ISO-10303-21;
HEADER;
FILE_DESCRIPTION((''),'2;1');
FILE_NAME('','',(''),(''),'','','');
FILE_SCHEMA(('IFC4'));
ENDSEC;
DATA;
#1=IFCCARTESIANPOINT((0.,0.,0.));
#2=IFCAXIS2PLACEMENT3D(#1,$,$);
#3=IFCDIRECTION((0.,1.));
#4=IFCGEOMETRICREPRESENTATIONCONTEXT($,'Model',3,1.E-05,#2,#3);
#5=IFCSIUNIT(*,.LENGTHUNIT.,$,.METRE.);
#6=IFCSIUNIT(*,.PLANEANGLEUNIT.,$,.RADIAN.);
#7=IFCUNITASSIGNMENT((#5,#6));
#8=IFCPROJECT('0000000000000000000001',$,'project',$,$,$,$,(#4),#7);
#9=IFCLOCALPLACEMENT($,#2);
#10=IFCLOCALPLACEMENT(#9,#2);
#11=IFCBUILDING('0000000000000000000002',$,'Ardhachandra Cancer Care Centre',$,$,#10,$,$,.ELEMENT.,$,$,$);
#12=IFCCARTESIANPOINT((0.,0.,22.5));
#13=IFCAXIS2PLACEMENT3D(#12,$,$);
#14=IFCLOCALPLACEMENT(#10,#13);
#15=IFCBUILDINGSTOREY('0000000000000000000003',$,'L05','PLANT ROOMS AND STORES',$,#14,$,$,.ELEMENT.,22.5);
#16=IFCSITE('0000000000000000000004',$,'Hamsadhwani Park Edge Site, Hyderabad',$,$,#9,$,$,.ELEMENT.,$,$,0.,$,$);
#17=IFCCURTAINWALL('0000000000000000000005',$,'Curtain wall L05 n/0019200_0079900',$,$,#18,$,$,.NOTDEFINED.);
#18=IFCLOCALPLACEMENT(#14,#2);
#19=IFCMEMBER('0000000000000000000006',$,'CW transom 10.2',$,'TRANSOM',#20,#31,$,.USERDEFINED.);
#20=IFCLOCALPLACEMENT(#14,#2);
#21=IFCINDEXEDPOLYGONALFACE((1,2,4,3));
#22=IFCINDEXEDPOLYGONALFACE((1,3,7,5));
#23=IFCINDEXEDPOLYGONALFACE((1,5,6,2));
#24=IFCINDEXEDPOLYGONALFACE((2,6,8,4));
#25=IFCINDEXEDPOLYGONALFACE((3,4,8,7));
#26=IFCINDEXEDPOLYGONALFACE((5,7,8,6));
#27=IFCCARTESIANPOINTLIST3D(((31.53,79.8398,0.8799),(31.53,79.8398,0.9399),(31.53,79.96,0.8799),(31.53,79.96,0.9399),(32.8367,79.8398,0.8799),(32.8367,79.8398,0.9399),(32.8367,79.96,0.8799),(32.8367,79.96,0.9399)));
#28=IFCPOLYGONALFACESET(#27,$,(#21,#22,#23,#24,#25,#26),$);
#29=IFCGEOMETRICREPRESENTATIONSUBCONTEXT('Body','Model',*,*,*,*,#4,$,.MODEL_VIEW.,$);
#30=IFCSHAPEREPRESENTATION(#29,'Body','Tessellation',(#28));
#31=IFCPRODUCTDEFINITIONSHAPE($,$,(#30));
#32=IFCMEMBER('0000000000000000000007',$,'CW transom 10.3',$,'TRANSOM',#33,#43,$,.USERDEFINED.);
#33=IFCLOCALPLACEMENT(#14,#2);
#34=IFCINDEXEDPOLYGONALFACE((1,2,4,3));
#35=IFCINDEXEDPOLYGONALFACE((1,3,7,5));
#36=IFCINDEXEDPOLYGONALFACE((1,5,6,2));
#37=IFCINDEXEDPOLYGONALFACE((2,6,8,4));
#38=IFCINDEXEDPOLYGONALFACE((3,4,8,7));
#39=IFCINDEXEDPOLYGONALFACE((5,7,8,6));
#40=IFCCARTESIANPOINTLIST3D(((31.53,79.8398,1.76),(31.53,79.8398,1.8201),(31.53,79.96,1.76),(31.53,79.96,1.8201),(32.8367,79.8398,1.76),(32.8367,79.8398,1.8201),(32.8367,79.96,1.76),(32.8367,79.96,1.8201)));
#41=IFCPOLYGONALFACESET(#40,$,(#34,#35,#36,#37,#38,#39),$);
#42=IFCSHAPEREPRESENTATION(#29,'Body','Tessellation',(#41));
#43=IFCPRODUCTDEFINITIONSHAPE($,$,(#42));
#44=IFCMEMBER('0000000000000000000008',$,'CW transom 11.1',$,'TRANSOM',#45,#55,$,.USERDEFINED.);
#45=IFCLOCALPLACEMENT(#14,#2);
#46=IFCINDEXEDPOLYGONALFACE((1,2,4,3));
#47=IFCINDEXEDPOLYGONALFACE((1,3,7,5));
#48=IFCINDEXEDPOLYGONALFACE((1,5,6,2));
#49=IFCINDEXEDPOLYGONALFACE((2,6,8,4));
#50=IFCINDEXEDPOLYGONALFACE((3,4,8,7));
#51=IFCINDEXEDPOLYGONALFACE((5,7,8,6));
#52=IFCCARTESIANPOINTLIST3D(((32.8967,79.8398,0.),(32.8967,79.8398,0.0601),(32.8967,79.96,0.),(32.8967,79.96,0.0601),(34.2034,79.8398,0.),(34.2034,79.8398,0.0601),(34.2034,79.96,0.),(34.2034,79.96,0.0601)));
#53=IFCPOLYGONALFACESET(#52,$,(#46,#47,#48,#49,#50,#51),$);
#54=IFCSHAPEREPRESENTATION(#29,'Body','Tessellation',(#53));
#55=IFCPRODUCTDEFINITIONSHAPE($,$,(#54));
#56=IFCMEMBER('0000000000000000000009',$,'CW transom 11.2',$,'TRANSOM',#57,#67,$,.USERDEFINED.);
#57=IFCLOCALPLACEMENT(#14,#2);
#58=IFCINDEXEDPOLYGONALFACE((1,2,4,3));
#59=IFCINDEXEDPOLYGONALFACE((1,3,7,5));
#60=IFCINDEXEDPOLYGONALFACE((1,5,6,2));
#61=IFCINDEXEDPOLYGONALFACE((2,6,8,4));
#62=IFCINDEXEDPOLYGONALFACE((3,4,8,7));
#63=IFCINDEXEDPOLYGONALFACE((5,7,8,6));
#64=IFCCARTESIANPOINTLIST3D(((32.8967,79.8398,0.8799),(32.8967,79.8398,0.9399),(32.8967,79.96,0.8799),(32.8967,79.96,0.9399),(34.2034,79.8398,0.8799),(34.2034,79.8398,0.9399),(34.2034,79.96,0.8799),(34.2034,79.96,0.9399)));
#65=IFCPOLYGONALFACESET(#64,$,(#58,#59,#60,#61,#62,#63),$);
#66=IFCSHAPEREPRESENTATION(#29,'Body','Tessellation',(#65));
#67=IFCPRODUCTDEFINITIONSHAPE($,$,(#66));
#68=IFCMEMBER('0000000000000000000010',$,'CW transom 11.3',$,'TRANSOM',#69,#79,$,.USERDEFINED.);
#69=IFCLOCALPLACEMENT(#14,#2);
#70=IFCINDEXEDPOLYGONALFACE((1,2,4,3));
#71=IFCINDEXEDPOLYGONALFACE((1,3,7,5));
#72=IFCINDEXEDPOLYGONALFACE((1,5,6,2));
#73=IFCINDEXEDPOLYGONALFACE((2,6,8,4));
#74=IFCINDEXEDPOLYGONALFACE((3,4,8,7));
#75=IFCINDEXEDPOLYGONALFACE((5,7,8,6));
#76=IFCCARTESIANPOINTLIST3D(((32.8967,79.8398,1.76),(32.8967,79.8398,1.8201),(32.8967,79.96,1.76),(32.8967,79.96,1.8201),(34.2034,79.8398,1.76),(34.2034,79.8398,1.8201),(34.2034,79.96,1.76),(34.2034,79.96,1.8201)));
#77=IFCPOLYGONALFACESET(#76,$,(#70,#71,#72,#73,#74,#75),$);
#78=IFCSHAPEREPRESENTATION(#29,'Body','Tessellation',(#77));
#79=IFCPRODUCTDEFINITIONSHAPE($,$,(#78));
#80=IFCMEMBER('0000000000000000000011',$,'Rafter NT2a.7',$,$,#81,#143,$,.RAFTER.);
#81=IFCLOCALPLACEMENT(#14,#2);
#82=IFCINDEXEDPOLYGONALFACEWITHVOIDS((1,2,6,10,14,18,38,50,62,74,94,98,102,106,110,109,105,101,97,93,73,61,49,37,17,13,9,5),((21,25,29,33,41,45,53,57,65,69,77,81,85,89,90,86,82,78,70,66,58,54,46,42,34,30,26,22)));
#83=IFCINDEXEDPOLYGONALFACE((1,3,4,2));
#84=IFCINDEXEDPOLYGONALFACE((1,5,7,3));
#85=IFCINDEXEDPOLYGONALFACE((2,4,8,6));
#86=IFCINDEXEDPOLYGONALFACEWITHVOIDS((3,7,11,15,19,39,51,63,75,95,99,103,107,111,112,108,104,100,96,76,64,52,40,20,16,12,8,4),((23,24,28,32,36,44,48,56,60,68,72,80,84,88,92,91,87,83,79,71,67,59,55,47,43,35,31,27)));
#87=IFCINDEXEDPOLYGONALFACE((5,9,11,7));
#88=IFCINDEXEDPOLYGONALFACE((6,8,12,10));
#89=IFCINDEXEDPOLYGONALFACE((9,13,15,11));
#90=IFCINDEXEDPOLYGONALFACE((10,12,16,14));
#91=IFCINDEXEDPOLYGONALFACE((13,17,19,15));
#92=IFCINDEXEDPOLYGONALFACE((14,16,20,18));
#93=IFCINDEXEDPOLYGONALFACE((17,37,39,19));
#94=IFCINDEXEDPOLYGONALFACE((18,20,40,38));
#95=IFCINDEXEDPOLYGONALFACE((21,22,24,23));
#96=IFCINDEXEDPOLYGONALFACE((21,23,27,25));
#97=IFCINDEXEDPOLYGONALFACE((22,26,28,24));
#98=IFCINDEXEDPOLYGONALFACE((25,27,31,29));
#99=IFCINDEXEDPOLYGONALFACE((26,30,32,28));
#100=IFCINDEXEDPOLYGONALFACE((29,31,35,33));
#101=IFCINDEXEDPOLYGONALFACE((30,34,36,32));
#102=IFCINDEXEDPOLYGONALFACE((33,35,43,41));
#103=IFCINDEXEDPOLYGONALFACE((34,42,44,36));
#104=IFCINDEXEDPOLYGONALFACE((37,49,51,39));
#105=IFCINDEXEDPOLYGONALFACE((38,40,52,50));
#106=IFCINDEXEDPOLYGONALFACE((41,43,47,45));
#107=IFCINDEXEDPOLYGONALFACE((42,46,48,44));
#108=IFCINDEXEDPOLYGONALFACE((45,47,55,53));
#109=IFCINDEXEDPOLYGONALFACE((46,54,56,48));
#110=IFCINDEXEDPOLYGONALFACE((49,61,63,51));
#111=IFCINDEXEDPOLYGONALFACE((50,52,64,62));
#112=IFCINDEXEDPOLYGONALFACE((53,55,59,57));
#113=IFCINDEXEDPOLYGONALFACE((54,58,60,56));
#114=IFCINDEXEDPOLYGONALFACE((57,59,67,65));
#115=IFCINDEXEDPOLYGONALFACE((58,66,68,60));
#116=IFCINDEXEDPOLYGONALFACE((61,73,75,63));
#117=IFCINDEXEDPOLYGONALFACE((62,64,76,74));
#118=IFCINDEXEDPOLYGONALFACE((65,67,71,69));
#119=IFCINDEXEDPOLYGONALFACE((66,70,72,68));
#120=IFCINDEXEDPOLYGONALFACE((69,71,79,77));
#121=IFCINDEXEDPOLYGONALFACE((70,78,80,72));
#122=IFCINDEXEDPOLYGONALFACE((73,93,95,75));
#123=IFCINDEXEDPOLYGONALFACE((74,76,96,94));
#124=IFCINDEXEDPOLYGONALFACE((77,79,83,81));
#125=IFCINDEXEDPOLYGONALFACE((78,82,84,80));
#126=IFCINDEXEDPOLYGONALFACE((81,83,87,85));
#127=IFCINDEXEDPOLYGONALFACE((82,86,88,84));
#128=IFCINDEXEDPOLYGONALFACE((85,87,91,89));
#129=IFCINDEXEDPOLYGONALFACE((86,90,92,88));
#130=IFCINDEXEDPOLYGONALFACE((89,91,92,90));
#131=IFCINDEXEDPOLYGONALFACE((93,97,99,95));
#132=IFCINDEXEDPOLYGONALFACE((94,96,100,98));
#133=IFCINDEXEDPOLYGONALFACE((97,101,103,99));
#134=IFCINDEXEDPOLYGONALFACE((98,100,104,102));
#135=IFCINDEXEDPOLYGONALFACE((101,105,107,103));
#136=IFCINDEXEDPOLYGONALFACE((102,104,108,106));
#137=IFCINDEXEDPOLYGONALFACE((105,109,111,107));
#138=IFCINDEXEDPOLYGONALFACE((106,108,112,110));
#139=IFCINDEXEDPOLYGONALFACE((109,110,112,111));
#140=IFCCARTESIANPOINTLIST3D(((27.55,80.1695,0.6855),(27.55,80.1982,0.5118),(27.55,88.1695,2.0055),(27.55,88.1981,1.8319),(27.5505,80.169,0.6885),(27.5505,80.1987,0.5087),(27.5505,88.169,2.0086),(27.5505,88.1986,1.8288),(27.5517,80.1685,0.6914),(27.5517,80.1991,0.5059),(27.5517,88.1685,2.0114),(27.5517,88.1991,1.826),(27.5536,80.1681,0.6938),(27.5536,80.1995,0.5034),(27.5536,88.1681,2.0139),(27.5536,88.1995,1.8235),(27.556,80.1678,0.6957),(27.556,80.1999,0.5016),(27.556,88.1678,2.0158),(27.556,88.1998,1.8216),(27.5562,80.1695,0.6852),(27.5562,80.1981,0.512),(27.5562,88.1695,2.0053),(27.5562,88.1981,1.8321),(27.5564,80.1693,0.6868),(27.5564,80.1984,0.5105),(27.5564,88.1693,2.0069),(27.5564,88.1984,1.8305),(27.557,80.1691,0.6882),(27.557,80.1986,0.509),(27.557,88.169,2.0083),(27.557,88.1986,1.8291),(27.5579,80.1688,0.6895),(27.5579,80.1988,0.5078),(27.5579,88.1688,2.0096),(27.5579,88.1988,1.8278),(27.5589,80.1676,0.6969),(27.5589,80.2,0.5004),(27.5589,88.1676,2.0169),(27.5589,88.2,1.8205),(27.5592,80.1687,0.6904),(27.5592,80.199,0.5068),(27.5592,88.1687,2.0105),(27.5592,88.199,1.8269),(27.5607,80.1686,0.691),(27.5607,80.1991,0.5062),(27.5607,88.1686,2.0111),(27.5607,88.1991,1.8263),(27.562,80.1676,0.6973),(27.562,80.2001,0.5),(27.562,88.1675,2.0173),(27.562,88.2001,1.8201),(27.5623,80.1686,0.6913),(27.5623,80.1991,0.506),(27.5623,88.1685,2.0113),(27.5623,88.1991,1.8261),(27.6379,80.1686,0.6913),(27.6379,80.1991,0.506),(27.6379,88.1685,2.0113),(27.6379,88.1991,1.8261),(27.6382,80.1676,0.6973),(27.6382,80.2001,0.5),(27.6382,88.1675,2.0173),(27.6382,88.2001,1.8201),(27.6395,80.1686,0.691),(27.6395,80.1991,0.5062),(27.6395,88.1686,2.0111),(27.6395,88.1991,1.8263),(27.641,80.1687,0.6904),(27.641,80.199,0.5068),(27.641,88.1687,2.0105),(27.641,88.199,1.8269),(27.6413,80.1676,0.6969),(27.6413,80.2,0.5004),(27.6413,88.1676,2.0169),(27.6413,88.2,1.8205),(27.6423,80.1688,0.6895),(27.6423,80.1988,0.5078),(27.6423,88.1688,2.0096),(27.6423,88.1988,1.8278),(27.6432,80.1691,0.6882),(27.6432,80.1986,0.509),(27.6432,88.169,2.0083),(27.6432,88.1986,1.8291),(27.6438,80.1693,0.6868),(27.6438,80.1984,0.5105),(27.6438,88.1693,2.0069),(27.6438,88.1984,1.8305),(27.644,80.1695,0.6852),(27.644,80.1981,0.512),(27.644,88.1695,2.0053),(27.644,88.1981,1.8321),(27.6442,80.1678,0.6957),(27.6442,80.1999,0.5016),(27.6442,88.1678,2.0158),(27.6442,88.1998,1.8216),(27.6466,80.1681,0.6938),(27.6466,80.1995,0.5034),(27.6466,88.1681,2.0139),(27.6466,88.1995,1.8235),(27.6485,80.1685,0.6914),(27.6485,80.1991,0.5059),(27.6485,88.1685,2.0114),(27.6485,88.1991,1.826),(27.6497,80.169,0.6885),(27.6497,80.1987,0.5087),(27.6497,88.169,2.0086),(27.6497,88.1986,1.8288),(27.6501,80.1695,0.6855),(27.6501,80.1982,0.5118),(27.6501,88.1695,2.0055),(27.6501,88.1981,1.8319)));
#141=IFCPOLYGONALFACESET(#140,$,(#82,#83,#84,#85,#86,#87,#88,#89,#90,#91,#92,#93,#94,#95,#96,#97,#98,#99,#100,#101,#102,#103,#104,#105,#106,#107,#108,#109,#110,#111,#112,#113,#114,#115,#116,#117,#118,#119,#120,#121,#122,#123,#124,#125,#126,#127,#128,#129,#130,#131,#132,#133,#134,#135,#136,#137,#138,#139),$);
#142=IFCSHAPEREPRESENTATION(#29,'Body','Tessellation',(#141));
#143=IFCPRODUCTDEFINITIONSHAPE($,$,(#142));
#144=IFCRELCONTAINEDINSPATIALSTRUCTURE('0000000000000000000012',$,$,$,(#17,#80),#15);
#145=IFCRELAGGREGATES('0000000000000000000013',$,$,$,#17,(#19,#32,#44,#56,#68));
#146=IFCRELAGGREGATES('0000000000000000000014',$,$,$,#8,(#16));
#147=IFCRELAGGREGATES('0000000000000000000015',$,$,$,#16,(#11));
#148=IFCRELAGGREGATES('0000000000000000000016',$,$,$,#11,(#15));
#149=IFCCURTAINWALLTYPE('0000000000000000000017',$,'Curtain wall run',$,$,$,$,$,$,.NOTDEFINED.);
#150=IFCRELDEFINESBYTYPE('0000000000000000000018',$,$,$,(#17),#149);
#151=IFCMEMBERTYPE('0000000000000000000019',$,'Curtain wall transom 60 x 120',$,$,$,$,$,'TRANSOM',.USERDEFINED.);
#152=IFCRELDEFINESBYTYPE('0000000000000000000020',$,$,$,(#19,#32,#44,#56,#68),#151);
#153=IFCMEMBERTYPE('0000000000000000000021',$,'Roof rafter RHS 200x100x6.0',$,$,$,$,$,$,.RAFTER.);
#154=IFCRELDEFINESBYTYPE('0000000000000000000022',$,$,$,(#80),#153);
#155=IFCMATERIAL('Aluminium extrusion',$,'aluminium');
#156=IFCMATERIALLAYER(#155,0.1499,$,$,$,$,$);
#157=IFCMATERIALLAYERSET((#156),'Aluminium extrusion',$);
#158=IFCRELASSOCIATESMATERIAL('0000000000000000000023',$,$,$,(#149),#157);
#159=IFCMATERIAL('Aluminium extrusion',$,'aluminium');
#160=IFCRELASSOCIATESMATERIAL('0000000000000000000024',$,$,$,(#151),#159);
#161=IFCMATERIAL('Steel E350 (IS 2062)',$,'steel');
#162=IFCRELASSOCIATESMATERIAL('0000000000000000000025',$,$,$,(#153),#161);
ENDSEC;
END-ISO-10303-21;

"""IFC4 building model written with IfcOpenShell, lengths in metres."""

from ifc_helpers import new_model, si_unit, direction, frame, origin, origin_2d, place, context, subcontext, project, spatial, rectangle, hollow_rectangle, extrude, material, layer, layer_set, material_profile, profile_set, type_object, element, aggregate, save


model = new_model("IFC4")

# Units and contexts
model_context = context("Model", 3, precision=1e-05, world=origin(), true_north=direction((0.0, 1.0)))
body_context = subcontext(model_context, "Body", "Model", "MODEL_VIEW")
ifc_project = project(units=[si_unit("LENGTHUNIT", "METRE"), si_unit("PLANEANGLEUNIT", "RADIAN")], contexts=[model_context])

# Site, building, storey
site_placement = place(None, origin())
site = spatial("IfcSite", under=ifc_project, at=site_placement, Name="Hamsadhwani Park Edge Site, Hyderabad", CompositionType="ELEMENT", RefElevation=0.0)
building_placement = place(site_placement, origin())
building = spatial("IfcBuilding", under=site, at=building_placement, Name="Ardhachandra Cancer Care Centre", CompositionType="ELEMENT")
storey_placement = place(building_placement, frame((0.0, 0.0, 22.5)))
storey = spatial("IfcBuildingStorey", under=building, at=storey_placement, Name="L05", Description="PLANT ROOMS AND STORES", CompositionType="ELEMENT", Elevation=22.5)

# Curtain wall, members
ifc_material_1 = material(Name="Aluminium extrusion", Category="aluminium")
ifc_layer_1 = layer(ifc_material_1, 0.1499)
ifc_layer_set_1 = layer_set([ifc_layer_1], Name="Aluminium extrusion")
curtain_wall_type = type_object("IfcCurtainWallType", Name="Curtain wall run", PredefinedType="NOTDEFINED", material=ifc_layer_set_1)
curtain_wall_placement = place(storey_placement, origin())
curtain_wall = element("IfcCurtainWall", 1, at=curtain_wall_placement, inside=storey, type_object=curtain_wall_type, Name="Curtain wall L05 n/0019200_0079900", PredefinedType="NOTDEFINED")
ifc_material_2 = material(Name="Aluminium extrusion", Category="aluminium")
ifc_material_profile_1 = material_profile(ifc_material_2, rectangle(XDim=0.1201, YDim=0.0601, at=origin_2d()), Name="Curtain wall transom 60 x 120")
ifc_profile_set_1 = profile_set([ifc_material_profile_1], Name="Aluminium extrusion")
member_type_1 = type_object("IfcMemberType", Name="Curtain wall transom 60 x 120", ElementType="TRANSOM", PredefinedType="USERDEFINED", material=ifc_profile_set_1)
member_1_placement = place(storey_placement, frame((31.53, 79.8999, 0.9099), z_axis=(1.0, 0.0, 0.0), x_axis=(0.0, 1.0, 0.0)))
member_1 = element("IfcMember", 2, at=member_1_placement, type_object=member_type_1, Name="CW transom 10.2", ObjectType="TRANSOM", PredefinedType="USERDEFINED", context=body_context, shape_type="SweptSolid", body=[
    extrude(rectangle(XDim=0.1201, YDim=0.0601, at=origin_2d()), origin(), (0.0, 0.0, 1.0), 1.3066),
])
member_2_placement = place(storey_placement, frame((31.53, 79.8999, 1.79), z_axis=(1.0, 0.0, 0.0), x_axis=(0.0, 1.0, 0.0)))
member_2 = element("IfcMember", 3, at=member_2_placement, type_object=member_type_1, Name="CW transom 10.3", ObjectType="TRANSOM", PredefinedType="USERDEFINED", context=body_context, shape_type="SweptSolid", body=[
    extrude(rectangle(XDim=0.1201, YDim=0.0601, at=origin_2d()), origin(), (0.0, 0.0, 1.0), 1.3066),
])
member_3_placement = place(storey_placement, frame((32.8967, 79.8999, 0.03), z_axis=(1.0, 0.0, 0.0), x_axis=(0.0, 1.0, 0.0)))
member_3 = element("IfcMember", 4, at=member_3_placement, type_object=member_type_1, Name="CW transom 11.1", ObjectType="TRANSOM", PredefinedType="USERDEFINED", context=body_context, shape_type="SweptSolid", body=[
    extrude(rectangle(XDim=0.1201, YDim=0.0601, at=origin_2d()), origin(), (0.0, 0.0, 1.0), 1.3066),
])
member_4_placement = place(storey_placement, frame((32.8967, 79.8999, 0.9099), z_axis=(1.0, 0.0, 0.0), x_axis=(0.0, 1.0, 0.0)))
member_4 = element("IfcMember", 5, at=member_4_placement, type_object=member_type_1, Name="CW transom 11.2", ObjectType="TRANSOM", PredefinedType="USERDEFINED", context=body_context, shape_type="SweptSolid", body=[
    extrude(rectangle(XDim=0.1201, YDim=0.0601, at=origin_2d()), origin(), (0.0, 0.0, 1.0), 1.3066),
])
member_5_placement = place(storey_placement, frame((32.8967, 79.8999, 1.79), z_axis=(1.0, 0.0, 0.0), x_axis=(0.0, 1.0, 0.0)))
member_5 = element("IfcMember", 6, at=member_5_placement, type_object=member_type_1, Name="CW transom 11.3", ObjectType="TRANSOM", PredefinedType="USERDEFINED", context=body_context, shape_type="SweptSolid", body=[
    extrude(rectangle(XDim=0.1201, YDim=0.0601, at=origin_2d()), origin(), (0.0, 0.0, 1.0), 1.3066),
])

# Member
ifc_material_3 = material(Name="Steel E350 (IS 2062)", Category="steel")
ifc_material_profile_2 = material_profile(ifc_material_3, hollow_rectangle(XDim=0.1001, YDim=0.2, WallThickness=0.0061, InnerFilletRadius=0.0061, OuterFilletRadius=0.012, at=origin_2d()), Name="RHS 200x100x6.0")
ifc_profile_set_2 = profile_set([ifc_material_profile_2], Name="Steel E350 (IS 2062)")
member_type_2 = type_object("IfcMemberType", Name="Roof rafter RHS 200x100x6.0", PredefinedType="RAFTER", material=ifc_profile_set_2)
for number, where, z_axis, x_axis, name in (
    (7, (27.6001, 80.1838, 0.5986), (0.0, 0.986658, 0.162807), (-1.0, 0.0, 0.0), "Rafter NT2a.7"),
):
    element("IfcMember", number, at=place(storey_placement, frame(where, z_axis=z_axis, x_axis=x_axis)), inside=storey, type_object=member_type_2, Name=name, PredefinedType="RAFTER", context=body_context, shape_type="SweptSolid", body=[
        extrude(hollow_rectangle(XDim=0.1001, YDim=0.2, WallThickness=0.0061, InnerFilletRadius=0.0061, OuterFilletRadius=0.012, at=origin_2d()), origin(), (0.0, 0.0, 1.0), 8.1082),
    ])

aggregate(curtain_wall, [member_1, member_2, member_3, member_4, member_5])

save(model, "model.ifc")
